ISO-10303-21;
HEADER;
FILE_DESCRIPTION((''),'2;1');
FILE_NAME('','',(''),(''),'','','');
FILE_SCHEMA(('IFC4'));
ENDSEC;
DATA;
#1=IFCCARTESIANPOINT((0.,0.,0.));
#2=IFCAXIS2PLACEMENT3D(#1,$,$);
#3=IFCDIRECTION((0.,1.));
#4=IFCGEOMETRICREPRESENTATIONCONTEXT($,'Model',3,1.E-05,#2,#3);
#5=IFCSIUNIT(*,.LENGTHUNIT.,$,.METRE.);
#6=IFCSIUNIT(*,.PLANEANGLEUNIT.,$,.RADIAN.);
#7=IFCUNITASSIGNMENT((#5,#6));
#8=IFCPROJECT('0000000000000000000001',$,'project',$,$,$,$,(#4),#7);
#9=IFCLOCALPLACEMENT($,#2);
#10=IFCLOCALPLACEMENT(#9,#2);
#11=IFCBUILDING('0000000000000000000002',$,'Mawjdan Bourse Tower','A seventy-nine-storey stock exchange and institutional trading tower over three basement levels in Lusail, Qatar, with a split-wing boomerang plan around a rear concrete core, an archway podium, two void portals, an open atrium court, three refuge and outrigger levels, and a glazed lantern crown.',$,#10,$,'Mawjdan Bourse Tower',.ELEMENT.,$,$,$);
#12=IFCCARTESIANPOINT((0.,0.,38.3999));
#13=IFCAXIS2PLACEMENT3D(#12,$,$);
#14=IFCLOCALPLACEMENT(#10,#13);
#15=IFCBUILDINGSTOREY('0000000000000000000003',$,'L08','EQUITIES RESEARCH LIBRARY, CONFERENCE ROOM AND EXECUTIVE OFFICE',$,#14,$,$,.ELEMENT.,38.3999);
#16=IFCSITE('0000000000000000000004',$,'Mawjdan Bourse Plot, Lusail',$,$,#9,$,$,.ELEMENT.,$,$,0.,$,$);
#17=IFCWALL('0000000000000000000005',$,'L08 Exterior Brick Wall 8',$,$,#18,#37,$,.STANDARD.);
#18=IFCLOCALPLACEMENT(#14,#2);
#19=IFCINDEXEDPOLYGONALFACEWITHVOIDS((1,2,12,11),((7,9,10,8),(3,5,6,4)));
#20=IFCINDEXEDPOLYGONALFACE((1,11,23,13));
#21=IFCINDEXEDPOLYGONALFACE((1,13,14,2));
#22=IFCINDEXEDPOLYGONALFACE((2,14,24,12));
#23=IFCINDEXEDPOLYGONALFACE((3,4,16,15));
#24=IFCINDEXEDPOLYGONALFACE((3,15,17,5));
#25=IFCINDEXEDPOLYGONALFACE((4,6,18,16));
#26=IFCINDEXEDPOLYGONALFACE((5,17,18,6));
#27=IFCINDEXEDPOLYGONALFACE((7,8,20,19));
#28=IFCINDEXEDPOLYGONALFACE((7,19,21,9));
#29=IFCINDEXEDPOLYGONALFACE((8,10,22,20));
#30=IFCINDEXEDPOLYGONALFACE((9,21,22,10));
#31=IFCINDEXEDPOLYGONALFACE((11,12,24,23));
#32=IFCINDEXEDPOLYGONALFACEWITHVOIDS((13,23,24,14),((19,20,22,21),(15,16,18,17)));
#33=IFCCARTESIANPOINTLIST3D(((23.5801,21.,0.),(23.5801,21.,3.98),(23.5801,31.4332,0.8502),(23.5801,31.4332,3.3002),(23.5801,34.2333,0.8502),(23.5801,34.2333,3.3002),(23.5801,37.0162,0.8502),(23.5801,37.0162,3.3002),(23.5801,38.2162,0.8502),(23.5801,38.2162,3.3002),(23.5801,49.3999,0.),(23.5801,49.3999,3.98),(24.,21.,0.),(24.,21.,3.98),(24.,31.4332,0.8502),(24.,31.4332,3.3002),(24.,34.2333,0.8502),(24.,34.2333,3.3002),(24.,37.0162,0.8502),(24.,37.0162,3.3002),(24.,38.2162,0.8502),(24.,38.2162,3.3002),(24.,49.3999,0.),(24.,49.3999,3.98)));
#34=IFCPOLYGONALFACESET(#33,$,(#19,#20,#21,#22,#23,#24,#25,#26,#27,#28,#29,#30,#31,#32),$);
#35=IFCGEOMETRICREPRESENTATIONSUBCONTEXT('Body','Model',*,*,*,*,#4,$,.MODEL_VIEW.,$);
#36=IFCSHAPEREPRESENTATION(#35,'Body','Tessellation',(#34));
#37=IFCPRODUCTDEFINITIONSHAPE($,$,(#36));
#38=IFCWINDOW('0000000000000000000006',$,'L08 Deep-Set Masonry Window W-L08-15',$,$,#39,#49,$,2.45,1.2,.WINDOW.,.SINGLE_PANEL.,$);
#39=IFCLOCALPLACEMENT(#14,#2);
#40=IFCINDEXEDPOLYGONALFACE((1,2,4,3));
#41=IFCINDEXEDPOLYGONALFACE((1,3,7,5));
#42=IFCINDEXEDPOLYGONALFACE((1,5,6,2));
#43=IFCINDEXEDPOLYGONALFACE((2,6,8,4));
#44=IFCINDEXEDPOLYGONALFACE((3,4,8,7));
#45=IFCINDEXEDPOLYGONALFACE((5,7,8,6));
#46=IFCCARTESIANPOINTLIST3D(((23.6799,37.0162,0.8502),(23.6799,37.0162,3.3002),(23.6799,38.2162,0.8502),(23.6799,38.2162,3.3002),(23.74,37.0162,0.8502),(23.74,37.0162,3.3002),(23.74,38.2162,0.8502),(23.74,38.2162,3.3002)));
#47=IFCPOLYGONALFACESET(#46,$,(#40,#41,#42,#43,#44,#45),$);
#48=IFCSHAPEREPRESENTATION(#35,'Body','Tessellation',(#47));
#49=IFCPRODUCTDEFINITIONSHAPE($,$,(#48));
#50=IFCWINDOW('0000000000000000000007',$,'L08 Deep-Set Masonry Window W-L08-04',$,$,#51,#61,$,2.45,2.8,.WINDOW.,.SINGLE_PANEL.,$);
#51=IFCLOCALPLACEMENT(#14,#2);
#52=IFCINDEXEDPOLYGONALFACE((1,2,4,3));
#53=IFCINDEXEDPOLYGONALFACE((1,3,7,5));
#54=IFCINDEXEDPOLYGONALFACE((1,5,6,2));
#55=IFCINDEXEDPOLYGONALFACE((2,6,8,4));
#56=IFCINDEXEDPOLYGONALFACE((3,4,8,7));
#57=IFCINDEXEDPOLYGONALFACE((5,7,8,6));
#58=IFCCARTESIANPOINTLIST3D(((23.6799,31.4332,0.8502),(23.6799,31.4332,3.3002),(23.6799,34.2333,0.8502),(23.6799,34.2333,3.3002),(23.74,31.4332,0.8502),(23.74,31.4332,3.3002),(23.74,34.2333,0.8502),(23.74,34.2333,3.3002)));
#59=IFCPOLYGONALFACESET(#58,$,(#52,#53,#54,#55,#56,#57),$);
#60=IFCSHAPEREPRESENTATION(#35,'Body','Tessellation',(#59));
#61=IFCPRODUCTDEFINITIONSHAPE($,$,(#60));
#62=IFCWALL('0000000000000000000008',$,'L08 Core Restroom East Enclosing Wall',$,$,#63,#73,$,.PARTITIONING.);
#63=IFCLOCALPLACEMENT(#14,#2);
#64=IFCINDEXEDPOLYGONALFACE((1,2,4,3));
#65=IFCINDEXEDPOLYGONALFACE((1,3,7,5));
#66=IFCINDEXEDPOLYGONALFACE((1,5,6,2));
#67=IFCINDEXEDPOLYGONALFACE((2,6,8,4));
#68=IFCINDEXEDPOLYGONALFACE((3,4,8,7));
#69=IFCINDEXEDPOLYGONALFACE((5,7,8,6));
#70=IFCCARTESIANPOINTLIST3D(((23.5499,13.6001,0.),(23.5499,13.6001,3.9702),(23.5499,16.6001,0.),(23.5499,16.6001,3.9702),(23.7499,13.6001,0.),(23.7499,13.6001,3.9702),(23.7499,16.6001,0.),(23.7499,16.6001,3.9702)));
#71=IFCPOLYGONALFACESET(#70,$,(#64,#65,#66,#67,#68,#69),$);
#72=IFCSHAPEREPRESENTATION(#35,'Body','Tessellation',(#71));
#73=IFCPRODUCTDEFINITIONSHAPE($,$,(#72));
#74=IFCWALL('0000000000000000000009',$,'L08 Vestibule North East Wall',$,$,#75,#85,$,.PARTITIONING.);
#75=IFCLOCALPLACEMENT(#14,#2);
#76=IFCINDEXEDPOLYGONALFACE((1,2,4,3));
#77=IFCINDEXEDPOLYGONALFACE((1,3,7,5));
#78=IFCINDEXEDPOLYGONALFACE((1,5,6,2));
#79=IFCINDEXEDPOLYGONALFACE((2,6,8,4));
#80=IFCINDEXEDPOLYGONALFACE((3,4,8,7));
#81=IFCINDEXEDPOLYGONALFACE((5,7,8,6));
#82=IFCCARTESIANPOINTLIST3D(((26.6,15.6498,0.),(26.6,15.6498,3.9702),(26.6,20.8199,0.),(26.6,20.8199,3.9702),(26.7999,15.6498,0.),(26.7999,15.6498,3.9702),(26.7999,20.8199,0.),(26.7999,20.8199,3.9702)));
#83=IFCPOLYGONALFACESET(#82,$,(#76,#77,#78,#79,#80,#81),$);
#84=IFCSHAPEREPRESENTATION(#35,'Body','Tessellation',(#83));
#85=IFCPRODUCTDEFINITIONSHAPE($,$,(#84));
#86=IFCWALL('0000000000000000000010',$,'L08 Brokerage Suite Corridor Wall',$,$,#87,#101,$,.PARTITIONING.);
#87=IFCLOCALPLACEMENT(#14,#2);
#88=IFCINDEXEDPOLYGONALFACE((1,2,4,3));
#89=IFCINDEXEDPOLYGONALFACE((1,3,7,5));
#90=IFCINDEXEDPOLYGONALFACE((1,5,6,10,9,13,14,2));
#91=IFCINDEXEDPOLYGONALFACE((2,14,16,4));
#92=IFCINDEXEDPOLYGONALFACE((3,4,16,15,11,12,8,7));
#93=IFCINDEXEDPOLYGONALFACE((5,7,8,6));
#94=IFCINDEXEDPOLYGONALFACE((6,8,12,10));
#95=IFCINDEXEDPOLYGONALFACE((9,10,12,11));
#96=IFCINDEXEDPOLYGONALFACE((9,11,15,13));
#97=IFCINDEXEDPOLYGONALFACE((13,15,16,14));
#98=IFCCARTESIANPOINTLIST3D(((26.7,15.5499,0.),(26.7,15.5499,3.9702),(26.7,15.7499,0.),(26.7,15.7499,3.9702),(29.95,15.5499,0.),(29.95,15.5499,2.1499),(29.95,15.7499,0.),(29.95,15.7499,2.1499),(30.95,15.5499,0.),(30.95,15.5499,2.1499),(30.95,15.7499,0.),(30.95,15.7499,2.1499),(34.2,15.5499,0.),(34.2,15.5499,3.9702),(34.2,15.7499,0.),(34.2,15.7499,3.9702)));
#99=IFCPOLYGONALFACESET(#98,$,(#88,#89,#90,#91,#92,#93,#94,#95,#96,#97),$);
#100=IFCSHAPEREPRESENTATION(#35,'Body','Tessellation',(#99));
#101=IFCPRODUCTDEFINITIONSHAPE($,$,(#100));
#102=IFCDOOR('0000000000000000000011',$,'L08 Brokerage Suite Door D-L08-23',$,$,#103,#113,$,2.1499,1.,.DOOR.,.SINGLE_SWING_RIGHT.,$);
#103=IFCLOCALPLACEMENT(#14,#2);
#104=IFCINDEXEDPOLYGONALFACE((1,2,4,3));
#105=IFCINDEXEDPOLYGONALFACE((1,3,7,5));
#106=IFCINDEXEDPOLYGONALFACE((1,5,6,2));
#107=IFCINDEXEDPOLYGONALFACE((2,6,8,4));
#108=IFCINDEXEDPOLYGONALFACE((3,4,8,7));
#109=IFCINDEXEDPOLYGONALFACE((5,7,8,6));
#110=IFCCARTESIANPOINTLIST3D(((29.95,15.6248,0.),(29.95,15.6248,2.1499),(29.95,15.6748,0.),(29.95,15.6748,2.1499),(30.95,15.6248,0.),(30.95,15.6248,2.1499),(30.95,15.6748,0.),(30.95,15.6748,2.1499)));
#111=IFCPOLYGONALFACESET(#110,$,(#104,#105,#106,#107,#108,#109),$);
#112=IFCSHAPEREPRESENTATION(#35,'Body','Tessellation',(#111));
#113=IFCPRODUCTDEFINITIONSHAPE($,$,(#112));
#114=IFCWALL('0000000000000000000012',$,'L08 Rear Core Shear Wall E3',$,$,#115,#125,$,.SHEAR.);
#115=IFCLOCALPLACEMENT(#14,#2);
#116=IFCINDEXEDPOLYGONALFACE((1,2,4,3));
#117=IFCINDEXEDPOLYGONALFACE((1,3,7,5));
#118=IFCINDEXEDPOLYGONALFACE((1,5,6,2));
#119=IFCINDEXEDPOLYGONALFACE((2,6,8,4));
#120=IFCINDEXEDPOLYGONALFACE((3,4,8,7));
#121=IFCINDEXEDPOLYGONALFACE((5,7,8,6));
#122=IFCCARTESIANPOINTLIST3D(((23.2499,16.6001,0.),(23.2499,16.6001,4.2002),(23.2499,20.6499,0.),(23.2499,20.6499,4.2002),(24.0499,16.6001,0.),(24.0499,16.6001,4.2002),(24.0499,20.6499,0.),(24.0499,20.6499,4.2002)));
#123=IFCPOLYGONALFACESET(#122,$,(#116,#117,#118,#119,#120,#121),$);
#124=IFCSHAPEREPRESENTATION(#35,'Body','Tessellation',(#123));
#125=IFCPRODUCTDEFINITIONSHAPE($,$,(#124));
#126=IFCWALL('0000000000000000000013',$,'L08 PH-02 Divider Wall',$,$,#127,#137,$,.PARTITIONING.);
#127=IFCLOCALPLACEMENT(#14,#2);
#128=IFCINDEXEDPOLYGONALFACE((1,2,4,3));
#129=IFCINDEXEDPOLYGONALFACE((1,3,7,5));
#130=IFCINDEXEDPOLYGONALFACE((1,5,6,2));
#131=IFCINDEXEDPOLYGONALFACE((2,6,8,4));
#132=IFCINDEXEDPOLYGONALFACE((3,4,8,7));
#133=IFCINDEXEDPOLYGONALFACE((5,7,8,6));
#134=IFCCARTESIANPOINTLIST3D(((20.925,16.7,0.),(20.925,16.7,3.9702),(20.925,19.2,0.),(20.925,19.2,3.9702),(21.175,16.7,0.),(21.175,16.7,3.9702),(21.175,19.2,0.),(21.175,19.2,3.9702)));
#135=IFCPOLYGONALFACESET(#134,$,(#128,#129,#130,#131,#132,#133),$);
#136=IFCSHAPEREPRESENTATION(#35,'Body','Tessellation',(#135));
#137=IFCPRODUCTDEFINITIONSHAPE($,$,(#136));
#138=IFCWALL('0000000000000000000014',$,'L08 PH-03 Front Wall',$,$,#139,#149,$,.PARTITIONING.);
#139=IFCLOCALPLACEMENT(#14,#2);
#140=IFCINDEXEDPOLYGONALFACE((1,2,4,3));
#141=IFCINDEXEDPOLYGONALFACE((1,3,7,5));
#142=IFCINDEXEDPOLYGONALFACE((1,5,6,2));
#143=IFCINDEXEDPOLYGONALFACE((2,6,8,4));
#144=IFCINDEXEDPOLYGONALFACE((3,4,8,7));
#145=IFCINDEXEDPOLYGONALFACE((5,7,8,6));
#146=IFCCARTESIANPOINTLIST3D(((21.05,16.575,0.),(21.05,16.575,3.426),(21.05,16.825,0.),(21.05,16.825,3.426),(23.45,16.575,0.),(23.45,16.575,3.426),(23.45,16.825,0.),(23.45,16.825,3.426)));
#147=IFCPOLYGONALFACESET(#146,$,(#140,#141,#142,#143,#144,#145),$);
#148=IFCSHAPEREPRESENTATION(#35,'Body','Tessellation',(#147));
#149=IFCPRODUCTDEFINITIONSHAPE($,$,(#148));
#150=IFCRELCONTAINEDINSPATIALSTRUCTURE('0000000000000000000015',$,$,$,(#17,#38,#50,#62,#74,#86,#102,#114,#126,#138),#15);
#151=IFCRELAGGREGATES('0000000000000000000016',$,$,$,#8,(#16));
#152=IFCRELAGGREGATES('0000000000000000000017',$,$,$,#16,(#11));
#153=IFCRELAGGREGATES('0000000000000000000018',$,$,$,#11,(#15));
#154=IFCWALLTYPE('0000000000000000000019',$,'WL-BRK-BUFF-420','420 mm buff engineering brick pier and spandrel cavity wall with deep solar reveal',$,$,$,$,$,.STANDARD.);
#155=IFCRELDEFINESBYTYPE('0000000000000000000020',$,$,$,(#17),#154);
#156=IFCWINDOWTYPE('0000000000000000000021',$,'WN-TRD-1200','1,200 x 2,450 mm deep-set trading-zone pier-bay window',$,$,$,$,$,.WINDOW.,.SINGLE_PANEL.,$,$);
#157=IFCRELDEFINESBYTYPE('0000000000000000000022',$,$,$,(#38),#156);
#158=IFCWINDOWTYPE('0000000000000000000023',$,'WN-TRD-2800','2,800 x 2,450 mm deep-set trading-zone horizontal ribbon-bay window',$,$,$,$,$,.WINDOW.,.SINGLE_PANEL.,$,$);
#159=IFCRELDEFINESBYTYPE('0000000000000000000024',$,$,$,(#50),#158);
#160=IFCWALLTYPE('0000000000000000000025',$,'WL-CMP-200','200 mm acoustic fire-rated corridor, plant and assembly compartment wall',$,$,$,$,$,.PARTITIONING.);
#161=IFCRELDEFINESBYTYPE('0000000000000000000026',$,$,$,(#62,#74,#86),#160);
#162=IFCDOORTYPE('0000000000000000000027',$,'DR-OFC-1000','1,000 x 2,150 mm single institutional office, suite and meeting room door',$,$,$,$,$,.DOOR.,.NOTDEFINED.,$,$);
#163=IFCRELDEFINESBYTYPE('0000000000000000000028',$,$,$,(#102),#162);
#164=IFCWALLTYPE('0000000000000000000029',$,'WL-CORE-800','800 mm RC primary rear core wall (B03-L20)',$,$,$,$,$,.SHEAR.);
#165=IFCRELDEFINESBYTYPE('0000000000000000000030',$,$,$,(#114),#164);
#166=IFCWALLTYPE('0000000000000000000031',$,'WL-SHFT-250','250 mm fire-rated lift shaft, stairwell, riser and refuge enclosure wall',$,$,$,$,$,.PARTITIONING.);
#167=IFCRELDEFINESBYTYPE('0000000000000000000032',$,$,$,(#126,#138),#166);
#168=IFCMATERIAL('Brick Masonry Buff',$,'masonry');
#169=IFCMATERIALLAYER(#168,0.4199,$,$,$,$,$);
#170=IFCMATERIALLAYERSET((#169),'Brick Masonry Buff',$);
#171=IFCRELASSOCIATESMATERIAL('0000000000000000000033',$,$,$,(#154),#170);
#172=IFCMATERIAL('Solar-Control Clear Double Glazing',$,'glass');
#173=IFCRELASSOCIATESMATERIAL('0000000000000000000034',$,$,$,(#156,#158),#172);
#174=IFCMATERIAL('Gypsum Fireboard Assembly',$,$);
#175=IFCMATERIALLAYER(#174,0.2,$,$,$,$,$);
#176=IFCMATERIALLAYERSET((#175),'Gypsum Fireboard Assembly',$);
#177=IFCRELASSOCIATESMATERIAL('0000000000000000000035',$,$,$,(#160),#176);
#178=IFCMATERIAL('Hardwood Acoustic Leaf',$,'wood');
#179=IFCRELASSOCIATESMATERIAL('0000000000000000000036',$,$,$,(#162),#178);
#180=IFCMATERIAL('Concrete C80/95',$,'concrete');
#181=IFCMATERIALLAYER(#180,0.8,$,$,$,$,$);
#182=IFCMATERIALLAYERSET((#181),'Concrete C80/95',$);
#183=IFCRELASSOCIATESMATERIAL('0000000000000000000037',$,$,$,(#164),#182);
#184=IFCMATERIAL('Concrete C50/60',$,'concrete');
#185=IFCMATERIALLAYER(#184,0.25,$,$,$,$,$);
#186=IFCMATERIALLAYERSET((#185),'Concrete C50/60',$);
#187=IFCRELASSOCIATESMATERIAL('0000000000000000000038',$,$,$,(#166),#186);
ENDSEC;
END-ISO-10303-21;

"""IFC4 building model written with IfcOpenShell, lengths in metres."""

from ifc_helpers import new_model, si_unit, direction, frame, frame_2d, origin, place, context, subcontext, project, spatial, rectangle, extrude, material, layer, layer_set, type_object, element, fill, save


model = new_model("IFC4")

# Units and contexts
model_context = context("Model", 3, precision=1e-05, world=origin(), true_north=direction((0.0, 1.0)))
body_context = subcontext(model_context, "Body", "Model", "MODEL_VIEW")
ifc_project = project(units=[si_unit("LENGTHUNIT", "METRE"), si_unit("PLANEANGLEUNIT", "RADIAN")], contexts=[model_context])

# Site, building, storey
site_placement = place(None, origin())
site = spatial("IfcSite", under=ifc_project, at=site_placement, Name="Mawjdan Bourse Plot, Lusail", CompositionType="ELEMENT", RefElevation=0.0)
building_placement = place(site_placement, origin())
building = spatial("IfcBuilding", under=site, at=building_placement, Name="Mawjdan Bourse Tower", Description="A seventy-nine-storey stock exchange and institutional trading tower over three basement levels in Lusail, Qatar, with a split-wing boomerang plan around a rear concrete core, an archway podium, two void portals, an open atrium court, three refuge and outrigger levels, and a glazed lantern crown.", LongName="Mawjdan Bourse Tower", CompositionType="ELEMENT")
storey_placement = place(building_placement, frame((0.0, 0.0, 38.3999)))
storey = spatial("IfcBuildingStorey", under=building, at=storey_placement, Name="L08", Description="EQUITIES RESEARCH LIBRARY, CONFERENCE ROOM AND EXECUTIVE OFFICE", CompositionType="ELEMENT", Elevation=38.3999)

# Shared definitions
ifc_material_1 = material(Name="Concrete C80/95", Category="concrete")

# Wall, openings, windows
ifc_material_2 = material(Name="Brick Masonry Buff", Category="masonry")
ifc_layer_1 = layer(ifc_material_2, 0.4199)
ifc_layer_set_1 = layer_set([ifc_layer_1], Name="Brick Masonry Buff")
wall_type_1 = type_object("IfcWallType", Name="WL-BRK-BUFF-420", Description="420 mm buff engineering brick pier and spandrel cavity wall with deep solar reveal", PredefinedType="STANDARD", material=ifc_layer_set_1)
wall_1_placement = place(storey_placement, frame((23.79, 21.0, 0.0), z_axis=(0.0, 0.0, 1.0), x_axis=(0.0, 1.0, 0.0)))
wall_1 = element("IfcWall", 1, at=wall_1_placement, inside=storey, type_object=wall_type_1, Name="L08 Exterior Brick Wall 8", PredefinedType="STANDARD", context=body_context, shape_type="SweptSolid", body=[
    extrude(rectangle(XDim=28.3999, YDim=0.4199, at=frame_2d((14.2, 0.0))), origin(), (0.0, 0.0, 1.0), 3.98),
])
opening_1_placement = place(wall_1_placement, frame((10.4333, 0.0, 0.8501)))
opening_1 = element("IfcOpeningElement", 2, at=opening_1_placement, cuts=wall_1, PredefinedType="OPENING", context=body_context, shape_type="SweptSolid", body=[
    extrude(rectangle(XDim=2.8, YDim=2.45, at=frame_2d((1.3999, 1.2251))), frame((0.0, 0.22, 0.0), z_axis=(0.0, -1.0, 0.0), x_axis=(1.0, 0.0, 0.0)), (0.0, 0.0, 1.0), 0.4399),
])
opening_2_placement = place(wall_1_placement, frame((16.0161, 0.0, 0.8501)))
opening_2 = element("IfcOpeningElement", 3, at=opening_2_placement, cuts=wall_1, PredefinedType="OPENING", context=body_context, shape_type="SweptSolid", body=[
    extrude(rectangle(XDim=1.2, YDim=2.45, at=frame_2d((0.6001, 1.2251))), frame((0.0, 0.22, 0.0), z_axis=(0.0, -1.0, 0.0), x_axis=(1.0, 0.0, 0.0)), (0.0, 0.0, 1.0), 0.4399),
])
ifc_material_3 = material(Name="Solar-Control Clear Double Glazing", Category="glass")
window_type_1 = type_object("IfcWindowType", Name="WN-TRD-1200", Description="1,200 x 2,450 mm deep-set trading-zone pier-bay window", PartitioningType="SINGLE_PANEL", PredefinedType="WINDOW", material=ifc_material_3)
window_1_placement = place(opening_2_placement, origin())
window_1 = element("IfcWindow", 4, at=window_1_placement, inside=storey, type_object=window_type_1, Name="L08 Deep-Set Masonry Window W-L08-15", OverallHeight=2.45, OverallWidth=1.2, PartitioningType="SINGLE_PANEL", PredefinedType="WINDOW", context=body_context, shape_type="SweptSolid", body=[
    extrude(rectangle(XDim=1.2, YDim=2.45, at=frame_2d((0.6001, 1.2251))), frame((0.0, 0.1101, 0.0), z_axis=(0.0, -1.0, 0.0), x_axis=(1.0, 0.0, 0.0)), (0.0, 0.0, 1.0), 0.0601),
])
fill(opening_2, window_1)
window_type_2 = type_object("IfcWindowType", Name="WN-TRD-2800", Description="2,800 x 2,450 mm deep-set trading-zone horizontal ribbon-bay window", PartitioningType="SINGLE_PANEL", PredefinedType="WINDOW", material=ifc_material_3)
window_2_placement = place(opening_1_placement, origin())
window_2 = element("IfcWindow", 5, at=window_2_placement, inside=storey, type_object=window_type_2, Name="L08 Deep-Set Masonry Window W-L08-04", OverallHeight=2.45, OverallWidth=2.8, PartitioningType="SINGLE_PANEL", PredefinedType="WINDOW", context=body_context, shape_type="SweptSolid", body=[
    extrude(rectangle(XDim=2.8, YDim=2.45, at=frame_2d((1.3999, 1.2251))), frame((0.0, 0.1101, 0.0), z_axis=(0.0, -1.0, 0.0), x_axis=(1.0, 0.0, 0.0)), (0.0, 0.0, 1.0), 0.0601),
])
fill(opening_1, window_2)

# Wall
ifc_material_4 = material(Name="Gypsum Fireboard Assembly")
ifc_layer_2 = layer(ifc_material_4, 0.2)
ifc_layer_set_2 = layer_set([ifc_layer_2], Name="Gypsum Fireboard Assembly")
wall_type_2 = type_object("IfcWallType", Name="WL-CMP-200", Description="200 mm acoustic fire-rated corridor, plant and assembly compartment wall", PredefinedType="PARTITIONING", material=ifc_layer_set_2)
wall_2_placement = place(storey_placement, frame((23.6499, 13.6001, 0.0), z_axis=(0.0, 0.0, 1.0), x_axis=(0.0, 1.0, 0.0)))
element("IfcWall", 6, at=wall_2_placement, inside=storey, type_object=wall_type_2, Name="L08 Core Restroom East Enclosing Wall", PredefinedType="PARTITIONING", context=body_context, shape_type="SweptSolid", body=[
    extrude(rectangle(XDim=3.0, YDim=0.2, at=frame_2d((1.5, 0.0))), origin(), (0.0, 0.0, 1.0), 3.9702),
])

# Shared definitions
ifc_material_5 = material(Name="Hardwood Acoustic Leaf", Category="wood")
door_type = type_object("IfcDoorType", Name="DR-OFC-1000", Description="1,000 x 2,150 mm single institutional office, suite and meeting room door", OperationType="NOTDEFINED", PredefinedType="DOOR", material=ifc_material_5)

# Wall
wall_3_placement = place(storey_placement, frame((26.7, 15.6499, 0.0), z_axis=(0.0, 0.0, 1.0), x_axis=(0.0, 1.0, 0.0)))
element("IfcWall", 7, at=wall_3_placement, inside=storey, type_object=wall_type_2, Name="L08 Vestibule North East Wall", PredefinedType="PARTITIONING", context=body_context, shape_type="SweptSolid", body=[
    extrude(rectangle(XDim=5.1702, YDim=0.2, at=frame_2d((2.585, 0.0))), origin(), (0.0, 0.0, 1.0), 3.9702),
])

# Wall, opening, door
wall_4_placement = place(storey_placement, frame((26.7, 15.6499, 0.0), z_axis=(0.0, 0.0, 1.0), x_axis=(1.0, 0.0, 0.0)))
wall_4 = element("IfcWall", 8, at=wall_4_placement, inside=storey, type_object=wall_type_2, Name="L08 Brokerage Suite Corridor Wall", PredefinedType="PARTITIONING", context=body_context, shape_type="SweptSolid", body=[
    extrude(rectangle(XDim=7.5, YDim=0.2, at=frame_2d((3.75, 0.0))), origin(), (0.0, 0.0, 1.0), 3.9702),
])
opening_3_placement = place(wall_4_placement, frame((3.25, 0.0, 0.0)))
opening_3 = element("IfcOpeningElement", 9, at=opening_3_placement, cuts=wall_4, PredefinedType="OPENING", context=body_context, shape_type="SweptSolid", body=[
    extrude(rectangle(XDim=1.0, YDim=2.1499, at=frame_2d((0.5, 1.075))), frame((0.0, 0.1099, 0.0), z_axis=(0.0, -1.0, 0.0), x_axis=(1.0, 0.0, 0.0)), (0.0, 0.0, 1.0), 0.22),
])
door_1_placement = place(opening_3_placement, origin())
door_1 = element("IfcDoor", 10, at=door_1_placement, inside=storey, type_object=door_type, Name="L08 Brokerage Suite Door D-L08-23", OperationType="SINGLE_SWING_RIGHT", OverallHeight=2.1499, OverallWidth=1.0, PredefinedType="DOOR", context=body_context, shape_type="SweptSolid", body=[
    extrude(rectangle(XDim=1.0, YDim=2.1499, at=frame_2d((0.5, 1.075))), frame((0.0, 0.0249, 0.0), z_axis=(0.0, -1.0, 0.0), x_axis=(1.0, 0.0, 0.0)), (0.0, 0.0, 1.0), 0.05),
])
fill(opening_3, door_1)

# Walls
ifc_layer_3 = layer(ifc_material_1, 0.8)
ifc_layer_set_3 = layer_set([ifc_layer_3], Name="Concrete C80/95")
wall_type_3 = type_object("IfcWallType", Name="WL-CORE-800", Description="800 mm RC primary rear core wall (B03-L20)", PredefinedType="SHEAR", material=ifc_layer_set_3)
wall_5_placement = place(storey_placement, frame((23.6499, 16.6001, 0.0), z_axis=(0.0, 0.0, 1.0), x_axis=(0.0, 1.0, 0.0)))
element("IfcWall", 11, at=wall_5_placement, inside=storey, type_object=wall_type_3, Name="L08 Rear Core Shear Wall E3", PredefinedType="SHEAR", context=body_context, shape_type="SweptSolid", body=[
    extrude(rectangle(XDim=4.0498, YDim=0.8, at=frame_2d((2.0249, 0.0))), origin(), (0.0, 0.0, 1.0), 4.2002),
])
ifc_material_6 = material(Name="Concrete C50/60", Category="concrete")
ifc_layer_4 = layer(ifc_material_6, 0.25)
ifc_layer_set_4 = layer_set([ifc_layer_4], Name="Concrete C50/60")
wall_type_4 = type_object("IfcWallType", Name="WL-SHFT-250", Description="250 mm fire-rated lift shaft, stairwell, riser and refuge enclosure wall", PredefinedType="PARTITIONING", material=ifc_layer_set_4)
wall_6_placement = place(storey_placement, frame((21.05, 16.7, 0.0), z_axis=(0.0, 0.0, 1.0), x_axis=(0.0, 1.0, 0.0)))
element("IfcWall", 12, at=wall_6_placement, inside=storey, type_object=wall_type_4, Name="L08 PH-02 Divider Wall", PredefinedType="PARTITIONING", context=body_context, shape_type="SweptSolid", body=[
    extrude(rectangle(XDim=2.5, YDim=0.25, at=frame_2d((1.25, 0.0))), origin(), (0.0, 0.0, 1.0), 3.9702),
])
wall_7_placement = place(storey_placement, frame((21.05, 16.7, 0.0), z_axis=(0.0, 0.0, 1.0), x_axis=(1.0, 0.0, 0.0)))
element("IfcWall", 13, at=wall_7_placement, inside=storey, type_object=wall_type_4, Name="L08 PH-03 Front Wall", PredefinedType="PARTITIONING", context=body_context, shape_type="SweptSolid", body=[
    extrude(rectangle(XDim=2.3999, YDim=0.25, at=frame_2d((1.2, 0.0))), origin(), (0.0, 0.0, 1.0), 3.426),
])

save(model, "model.ifc")
